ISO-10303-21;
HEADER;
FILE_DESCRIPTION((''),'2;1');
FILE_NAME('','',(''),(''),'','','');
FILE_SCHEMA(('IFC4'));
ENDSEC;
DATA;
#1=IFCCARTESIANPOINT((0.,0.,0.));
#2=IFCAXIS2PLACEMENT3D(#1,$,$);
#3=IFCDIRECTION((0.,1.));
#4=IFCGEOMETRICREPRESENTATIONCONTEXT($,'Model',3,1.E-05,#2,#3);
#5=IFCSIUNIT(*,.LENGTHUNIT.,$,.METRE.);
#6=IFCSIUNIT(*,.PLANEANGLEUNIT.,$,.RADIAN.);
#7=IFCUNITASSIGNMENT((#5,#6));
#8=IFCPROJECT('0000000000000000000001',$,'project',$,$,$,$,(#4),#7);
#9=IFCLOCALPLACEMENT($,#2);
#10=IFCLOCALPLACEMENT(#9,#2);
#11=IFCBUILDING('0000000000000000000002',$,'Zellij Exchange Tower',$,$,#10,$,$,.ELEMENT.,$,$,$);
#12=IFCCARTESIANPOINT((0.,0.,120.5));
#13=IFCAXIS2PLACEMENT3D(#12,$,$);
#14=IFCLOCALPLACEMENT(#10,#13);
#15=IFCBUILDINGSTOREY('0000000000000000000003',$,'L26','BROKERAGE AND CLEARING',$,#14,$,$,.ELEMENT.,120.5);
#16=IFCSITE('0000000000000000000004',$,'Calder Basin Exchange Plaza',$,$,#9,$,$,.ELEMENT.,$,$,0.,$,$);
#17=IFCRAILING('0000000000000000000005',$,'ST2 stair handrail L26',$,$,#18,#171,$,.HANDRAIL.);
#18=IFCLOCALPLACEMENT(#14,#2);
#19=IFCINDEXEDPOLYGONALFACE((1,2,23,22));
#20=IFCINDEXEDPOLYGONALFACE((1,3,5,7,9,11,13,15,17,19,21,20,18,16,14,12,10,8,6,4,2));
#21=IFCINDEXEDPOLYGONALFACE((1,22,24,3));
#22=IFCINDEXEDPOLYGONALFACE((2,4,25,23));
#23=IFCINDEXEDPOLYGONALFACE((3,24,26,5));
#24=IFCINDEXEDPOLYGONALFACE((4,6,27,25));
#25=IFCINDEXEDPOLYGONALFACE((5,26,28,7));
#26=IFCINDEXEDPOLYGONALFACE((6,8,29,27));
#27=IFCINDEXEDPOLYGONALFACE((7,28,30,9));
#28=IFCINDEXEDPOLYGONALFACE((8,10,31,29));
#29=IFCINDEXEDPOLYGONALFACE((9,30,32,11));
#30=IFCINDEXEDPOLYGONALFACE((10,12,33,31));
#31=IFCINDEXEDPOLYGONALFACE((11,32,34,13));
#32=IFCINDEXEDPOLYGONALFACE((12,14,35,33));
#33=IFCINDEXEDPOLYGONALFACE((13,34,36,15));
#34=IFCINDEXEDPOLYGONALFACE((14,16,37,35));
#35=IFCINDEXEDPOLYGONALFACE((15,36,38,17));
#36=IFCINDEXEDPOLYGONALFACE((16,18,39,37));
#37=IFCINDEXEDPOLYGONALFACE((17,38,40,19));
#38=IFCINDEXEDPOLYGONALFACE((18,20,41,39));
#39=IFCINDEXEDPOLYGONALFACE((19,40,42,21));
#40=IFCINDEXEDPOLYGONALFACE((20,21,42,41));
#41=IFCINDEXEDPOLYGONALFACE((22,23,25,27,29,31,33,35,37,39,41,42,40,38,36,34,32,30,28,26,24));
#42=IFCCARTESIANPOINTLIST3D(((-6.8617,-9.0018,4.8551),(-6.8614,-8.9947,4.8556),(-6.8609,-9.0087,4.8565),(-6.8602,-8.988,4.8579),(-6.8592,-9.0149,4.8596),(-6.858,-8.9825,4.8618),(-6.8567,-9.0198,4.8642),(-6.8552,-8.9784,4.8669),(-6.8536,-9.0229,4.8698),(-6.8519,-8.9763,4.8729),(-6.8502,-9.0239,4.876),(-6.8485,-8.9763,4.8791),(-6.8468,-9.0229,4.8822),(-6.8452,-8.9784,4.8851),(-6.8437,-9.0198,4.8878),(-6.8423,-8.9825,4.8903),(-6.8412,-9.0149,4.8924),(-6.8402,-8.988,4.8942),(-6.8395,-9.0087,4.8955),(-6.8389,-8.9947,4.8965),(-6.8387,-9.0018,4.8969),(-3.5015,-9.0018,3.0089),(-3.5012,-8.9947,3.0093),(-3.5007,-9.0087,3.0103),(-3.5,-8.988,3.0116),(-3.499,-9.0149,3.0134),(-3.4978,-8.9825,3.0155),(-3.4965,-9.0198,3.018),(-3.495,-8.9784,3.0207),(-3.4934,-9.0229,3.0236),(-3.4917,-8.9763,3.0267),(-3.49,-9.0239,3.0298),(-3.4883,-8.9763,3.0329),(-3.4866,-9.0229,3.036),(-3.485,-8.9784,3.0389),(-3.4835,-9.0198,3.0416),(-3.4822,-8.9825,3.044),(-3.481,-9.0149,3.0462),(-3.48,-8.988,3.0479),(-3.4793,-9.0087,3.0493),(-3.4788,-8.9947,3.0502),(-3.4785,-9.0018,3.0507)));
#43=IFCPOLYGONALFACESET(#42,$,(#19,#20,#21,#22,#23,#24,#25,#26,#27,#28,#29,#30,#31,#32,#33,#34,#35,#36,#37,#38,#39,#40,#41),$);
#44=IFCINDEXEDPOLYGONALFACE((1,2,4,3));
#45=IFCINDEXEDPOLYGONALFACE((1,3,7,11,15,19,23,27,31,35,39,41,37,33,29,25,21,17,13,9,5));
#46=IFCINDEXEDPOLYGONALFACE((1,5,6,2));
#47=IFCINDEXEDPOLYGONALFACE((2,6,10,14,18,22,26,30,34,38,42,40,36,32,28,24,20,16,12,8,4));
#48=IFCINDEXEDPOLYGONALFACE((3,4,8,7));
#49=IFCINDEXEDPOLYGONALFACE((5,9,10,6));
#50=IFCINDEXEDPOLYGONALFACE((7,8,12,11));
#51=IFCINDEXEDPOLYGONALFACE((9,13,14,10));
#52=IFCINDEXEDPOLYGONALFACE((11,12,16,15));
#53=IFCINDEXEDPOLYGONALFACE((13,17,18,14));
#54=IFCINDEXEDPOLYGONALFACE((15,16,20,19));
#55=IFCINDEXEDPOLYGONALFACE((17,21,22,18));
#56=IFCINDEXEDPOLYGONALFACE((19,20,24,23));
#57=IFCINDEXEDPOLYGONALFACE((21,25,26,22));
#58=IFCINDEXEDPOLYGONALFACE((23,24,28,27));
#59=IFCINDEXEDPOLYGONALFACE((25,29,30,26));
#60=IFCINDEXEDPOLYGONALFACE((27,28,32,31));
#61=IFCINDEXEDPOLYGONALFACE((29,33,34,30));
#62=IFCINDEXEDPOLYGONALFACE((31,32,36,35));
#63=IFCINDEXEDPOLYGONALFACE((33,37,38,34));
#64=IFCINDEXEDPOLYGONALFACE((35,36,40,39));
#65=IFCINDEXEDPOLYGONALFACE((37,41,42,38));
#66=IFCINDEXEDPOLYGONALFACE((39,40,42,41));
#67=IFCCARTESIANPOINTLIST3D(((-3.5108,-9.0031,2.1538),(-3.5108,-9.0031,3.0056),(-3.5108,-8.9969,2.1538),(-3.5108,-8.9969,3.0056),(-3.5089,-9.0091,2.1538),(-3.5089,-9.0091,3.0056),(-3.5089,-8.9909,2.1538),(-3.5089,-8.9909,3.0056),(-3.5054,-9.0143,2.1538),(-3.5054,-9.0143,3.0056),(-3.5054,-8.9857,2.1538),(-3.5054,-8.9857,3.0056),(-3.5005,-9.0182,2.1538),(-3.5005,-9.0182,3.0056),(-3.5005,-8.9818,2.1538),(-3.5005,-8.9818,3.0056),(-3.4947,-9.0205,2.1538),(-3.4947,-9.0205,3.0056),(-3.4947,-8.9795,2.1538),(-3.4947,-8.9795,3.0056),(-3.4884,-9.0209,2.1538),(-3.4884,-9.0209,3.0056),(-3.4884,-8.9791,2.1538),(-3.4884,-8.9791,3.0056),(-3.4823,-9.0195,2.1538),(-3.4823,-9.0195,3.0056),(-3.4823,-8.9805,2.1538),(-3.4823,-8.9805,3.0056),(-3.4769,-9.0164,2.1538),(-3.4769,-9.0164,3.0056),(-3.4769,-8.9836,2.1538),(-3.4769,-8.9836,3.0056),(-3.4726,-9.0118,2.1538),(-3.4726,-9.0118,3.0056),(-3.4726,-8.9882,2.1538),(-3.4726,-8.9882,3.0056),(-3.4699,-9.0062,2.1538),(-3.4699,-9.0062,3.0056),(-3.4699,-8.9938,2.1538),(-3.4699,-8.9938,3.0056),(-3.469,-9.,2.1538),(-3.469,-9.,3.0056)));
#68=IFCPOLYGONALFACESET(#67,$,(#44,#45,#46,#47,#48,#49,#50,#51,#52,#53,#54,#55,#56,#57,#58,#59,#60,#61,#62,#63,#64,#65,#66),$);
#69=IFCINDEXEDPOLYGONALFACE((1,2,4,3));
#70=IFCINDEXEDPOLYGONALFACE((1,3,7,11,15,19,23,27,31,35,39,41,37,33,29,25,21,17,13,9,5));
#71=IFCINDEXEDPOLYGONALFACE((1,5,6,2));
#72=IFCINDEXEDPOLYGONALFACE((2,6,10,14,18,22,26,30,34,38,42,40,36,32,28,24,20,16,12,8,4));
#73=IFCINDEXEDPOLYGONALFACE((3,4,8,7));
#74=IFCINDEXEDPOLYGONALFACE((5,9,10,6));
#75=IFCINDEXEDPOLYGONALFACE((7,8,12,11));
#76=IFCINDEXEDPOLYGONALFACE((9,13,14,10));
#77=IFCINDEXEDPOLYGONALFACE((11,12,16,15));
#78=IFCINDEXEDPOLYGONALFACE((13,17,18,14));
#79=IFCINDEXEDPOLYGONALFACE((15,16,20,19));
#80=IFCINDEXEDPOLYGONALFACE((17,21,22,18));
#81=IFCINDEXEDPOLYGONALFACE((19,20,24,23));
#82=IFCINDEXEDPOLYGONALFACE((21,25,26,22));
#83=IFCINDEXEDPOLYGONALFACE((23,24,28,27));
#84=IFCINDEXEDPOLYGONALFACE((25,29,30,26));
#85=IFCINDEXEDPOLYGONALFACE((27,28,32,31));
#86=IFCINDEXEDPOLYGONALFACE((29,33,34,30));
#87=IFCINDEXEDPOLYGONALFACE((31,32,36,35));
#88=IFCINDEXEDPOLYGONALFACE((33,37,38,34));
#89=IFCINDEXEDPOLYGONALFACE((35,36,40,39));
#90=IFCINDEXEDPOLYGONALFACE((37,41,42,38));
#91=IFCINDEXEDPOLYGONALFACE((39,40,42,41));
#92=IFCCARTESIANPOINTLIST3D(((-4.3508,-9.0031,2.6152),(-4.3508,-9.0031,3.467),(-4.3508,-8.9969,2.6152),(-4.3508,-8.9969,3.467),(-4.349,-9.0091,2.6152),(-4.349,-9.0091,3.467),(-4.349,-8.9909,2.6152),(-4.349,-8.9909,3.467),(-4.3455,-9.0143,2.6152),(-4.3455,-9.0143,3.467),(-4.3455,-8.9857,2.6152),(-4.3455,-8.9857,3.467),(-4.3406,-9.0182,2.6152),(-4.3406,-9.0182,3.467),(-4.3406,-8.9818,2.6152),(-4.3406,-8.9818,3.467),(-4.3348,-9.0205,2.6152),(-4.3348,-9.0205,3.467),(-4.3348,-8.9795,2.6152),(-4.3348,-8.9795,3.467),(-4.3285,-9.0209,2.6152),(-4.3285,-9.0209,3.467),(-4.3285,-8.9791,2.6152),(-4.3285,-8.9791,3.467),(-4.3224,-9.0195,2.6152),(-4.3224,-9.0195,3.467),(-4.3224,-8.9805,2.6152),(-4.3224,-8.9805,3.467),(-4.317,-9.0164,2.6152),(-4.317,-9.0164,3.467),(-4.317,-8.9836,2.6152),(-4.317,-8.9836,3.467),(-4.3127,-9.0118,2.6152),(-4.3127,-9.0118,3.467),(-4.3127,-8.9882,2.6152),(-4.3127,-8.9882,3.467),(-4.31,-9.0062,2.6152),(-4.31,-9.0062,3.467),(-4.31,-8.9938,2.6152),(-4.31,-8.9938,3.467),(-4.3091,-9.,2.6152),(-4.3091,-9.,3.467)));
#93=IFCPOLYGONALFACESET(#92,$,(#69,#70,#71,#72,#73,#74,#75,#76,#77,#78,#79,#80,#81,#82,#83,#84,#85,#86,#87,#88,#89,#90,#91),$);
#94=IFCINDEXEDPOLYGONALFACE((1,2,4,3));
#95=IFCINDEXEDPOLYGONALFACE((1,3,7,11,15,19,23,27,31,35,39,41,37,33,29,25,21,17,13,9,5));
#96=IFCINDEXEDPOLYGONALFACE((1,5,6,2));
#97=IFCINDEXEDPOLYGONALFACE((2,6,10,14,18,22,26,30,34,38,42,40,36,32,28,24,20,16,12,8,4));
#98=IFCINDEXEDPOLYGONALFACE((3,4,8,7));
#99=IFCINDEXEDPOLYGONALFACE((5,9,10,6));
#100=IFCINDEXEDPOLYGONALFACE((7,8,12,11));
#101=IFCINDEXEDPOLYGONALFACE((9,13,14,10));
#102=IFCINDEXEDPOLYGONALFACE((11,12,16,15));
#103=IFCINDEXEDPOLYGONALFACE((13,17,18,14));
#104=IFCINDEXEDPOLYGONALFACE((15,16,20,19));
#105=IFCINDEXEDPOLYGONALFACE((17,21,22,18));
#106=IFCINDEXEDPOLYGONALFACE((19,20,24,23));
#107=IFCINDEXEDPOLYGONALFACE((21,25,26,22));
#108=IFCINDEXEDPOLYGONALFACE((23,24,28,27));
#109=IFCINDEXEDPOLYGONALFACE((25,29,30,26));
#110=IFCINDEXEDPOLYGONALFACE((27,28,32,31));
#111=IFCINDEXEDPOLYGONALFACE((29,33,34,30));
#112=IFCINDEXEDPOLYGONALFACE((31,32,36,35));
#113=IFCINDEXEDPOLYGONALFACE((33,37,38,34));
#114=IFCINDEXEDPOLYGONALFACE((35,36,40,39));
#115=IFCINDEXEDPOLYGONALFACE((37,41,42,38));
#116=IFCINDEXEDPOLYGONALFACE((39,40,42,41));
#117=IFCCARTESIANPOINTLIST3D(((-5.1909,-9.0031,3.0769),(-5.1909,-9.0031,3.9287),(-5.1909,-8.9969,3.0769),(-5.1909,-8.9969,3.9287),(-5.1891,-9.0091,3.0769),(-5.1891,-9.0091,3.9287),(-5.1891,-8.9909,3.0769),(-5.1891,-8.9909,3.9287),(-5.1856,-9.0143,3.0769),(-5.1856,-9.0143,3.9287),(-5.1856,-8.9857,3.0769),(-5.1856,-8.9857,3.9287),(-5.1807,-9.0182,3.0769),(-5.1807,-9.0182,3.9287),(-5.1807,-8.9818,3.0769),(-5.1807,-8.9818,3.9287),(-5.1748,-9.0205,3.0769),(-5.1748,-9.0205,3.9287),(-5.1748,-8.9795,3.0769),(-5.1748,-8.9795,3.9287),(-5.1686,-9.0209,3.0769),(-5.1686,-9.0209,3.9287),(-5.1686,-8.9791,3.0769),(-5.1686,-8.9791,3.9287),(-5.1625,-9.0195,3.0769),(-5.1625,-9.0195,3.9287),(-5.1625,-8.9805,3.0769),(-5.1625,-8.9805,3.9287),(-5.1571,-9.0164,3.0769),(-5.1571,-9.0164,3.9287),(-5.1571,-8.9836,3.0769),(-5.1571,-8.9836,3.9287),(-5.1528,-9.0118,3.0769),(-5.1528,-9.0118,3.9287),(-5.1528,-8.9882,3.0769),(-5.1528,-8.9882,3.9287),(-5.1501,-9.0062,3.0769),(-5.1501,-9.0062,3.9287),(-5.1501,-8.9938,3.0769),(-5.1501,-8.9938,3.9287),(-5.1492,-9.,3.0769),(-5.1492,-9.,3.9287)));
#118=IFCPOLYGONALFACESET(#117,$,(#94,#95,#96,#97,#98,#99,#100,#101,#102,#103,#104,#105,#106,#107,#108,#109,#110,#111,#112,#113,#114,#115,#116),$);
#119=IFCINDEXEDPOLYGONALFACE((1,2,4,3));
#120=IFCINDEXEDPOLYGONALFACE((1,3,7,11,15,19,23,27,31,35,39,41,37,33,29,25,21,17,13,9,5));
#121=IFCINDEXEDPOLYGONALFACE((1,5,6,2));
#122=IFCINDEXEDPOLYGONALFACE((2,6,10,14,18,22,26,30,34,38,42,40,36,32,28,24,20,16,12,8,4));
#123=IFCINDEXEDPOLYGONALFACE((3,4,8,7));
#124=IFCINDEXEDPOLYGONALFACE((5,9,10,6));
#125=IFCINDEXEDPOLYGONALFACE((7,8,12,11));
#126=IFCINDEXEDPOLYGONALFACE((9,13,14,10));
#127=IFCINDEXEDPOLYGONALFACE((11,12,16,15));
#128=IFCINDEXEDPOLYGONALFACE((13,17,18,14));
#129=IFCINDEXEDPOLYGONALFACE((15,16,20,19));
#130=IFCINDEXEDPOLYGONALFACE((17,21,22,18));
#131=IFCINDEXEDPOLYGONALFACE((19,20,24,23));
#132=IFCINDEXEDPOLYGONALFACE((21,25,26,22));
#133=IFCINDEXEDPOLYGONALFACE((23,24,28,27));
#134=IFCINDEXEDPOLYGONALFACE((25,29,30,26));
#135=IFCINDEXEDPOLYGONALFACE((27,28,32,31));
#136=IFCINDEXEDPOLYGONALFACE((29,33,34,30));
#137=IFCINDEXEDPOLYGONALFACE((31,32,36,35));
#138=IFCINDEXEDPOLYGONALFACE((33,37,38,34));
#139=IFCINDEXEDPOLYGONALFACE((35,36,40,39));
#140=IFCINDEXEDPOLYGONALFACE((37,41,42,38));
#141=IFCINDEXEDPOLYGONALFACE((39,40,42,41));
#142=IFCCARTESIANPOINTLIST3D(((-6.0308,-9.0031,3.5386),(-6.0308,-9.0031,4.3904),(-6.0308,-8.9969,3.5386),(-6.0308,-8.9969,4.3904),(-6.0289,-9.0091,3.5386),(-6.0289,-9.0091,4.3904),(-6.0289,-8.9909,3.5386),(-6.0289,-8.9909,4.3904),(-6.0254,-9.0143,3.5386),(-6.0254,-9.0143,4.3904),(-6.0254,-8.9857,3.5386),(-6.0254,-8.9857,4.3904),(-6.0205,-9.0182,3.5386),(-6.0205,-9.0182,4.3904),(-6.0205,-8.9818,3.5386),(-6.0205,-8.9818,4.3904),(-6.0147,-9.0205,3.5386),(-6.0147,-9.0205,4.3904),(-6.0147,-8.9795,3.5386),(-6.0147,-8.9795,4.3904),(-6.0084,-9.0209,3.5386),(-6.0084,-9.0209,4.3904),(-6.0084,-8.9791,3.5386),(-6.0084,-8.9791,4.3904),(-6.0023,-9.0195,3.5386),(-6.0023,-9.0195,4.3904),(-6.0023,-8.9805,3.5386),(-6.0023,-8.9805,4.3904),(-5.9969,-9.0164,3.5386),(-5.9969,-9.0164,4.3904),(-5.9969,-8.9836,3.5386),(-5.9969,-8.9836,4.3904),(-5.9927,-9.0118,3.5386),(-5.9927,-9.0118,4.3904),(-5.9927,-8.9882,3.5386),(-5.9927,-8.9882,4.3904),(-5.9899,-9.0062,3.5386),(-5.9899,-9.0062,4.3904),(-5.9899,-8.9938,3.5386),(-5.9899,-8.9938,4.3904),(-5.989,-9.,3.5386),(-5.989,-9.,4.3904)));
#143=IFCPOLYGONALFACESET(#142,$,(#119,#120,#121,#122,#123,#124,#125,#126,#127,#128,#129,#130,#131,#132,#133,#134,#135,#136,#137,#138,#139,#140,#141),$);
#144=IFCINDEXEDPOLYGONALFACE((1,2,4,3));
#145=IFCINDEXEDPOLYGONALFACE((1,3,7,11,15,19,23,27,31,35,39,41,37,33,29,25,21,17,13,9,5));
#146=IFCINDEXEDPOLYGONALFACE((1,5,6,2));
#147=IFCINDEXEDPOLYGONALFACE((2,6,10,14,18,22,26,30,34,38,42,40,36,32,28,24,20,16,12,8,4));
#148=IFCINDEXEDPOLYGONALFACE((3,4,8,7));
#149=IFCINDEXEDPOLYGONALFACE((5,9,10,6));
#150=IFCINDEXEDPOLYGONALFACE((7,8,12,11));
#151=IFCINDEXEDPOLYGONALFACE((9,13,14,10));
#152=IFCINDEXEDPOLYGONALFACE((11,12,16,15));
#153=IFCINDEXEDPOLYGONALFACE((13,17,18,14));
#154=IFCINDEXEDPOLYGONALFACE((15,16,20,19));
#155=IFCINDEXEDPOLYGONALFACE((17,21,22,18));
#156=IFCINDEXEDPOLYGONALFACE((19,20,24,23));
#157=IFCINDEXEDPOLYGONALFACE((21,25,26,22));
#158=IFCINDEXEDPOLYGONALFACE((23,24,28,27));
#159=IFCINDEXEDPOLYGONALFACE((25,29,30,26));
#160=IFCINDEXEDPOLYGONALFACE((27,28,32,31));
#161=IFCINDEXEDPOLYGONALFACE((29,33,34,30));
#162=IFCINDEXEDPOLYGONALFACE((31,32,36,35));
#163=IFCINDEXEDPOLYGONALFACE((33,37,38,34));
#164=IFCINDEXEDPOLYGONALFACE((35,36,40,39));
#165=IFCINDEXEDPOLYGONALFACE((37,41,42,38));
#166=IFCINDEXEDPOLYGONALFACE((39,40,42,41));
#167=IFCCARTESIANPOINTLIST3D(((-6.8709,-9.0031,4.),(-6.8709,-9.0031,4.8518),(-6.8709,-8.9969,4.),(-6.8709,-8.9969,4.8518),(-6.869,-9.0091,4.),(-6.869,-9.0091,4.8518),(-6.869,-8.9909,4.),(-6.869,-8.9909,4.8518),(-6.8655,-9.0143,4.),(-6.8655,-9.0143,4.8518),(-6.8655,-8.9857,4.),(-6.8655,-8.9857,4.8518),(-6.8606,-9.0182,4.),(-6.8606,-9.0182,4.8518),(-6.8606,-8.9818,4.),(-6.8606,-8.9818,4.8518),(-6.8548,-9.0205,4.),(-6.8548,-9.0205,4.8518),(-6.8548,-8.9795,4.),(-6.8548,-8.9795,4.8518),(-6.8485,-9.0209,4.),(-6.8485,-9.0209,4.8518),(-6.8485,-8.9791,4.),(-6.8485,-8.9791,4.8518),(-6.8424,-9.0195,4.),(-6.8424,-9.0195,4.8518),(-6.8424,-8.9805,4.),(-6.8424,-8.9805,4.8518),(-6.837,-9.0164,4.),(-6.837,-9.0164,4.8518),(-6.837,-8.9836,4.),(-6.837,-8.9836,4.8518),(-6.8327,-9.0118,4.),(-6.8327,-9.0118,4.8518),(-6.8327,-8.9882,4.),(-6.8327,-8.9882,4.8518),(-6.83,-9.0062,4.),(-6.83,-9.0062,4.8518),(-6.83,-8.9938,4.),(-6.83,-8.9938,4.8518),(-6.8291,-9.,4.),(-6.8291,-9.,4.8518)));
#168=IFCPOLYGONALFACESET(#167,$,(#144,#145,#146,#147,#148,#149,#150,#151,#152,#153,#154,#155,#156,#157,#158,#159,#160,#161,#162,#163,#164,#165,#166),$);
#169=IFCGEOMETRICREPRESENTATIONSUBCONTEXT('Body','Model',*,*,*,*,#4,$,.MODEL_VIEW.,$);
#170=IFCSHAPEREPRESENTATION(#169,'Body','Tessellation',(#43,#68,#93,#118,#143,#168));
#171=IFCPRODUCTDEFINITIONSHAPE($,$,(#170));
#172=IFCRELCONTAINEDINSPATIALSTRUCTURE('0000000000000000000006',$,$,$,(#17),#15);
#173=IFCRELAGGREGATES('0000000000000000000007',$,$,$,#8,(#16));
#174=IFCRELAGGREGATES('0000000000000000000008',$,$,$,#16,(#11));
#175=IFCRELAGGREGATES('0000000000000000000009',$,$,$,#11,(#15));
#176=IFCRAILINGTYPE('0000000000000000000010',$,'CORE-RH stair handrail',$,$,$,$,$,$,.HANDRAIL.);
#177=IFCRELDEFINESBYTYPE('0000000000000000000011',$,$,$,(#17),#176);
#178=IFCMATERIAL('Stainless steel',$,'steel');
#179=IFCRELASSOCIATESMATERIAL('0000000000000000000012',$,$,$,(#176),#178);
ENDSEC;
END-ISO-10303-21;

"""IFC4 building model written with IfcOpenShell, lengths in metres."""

from ifc_helpers import new_model, si_unit, direction, frame, origin, origin_2d, place, context, subcontext, project, spatial, circle, extrude, material, type_object, element, save


model = new_model("IFC4")

# Units and contexts
model_context = context("Model", 3, precision=1e-05, world=origin(), true_north=direction((0.0, 1.0)))
body_context = subcontext(model_context, "Body", "Model", "MODEL_VIEW")
ifc_project = project(units=[si_unit("LENGTHUNIT", "METRE"), si_unit("PLANEANGLEUNIT", "RADIAN")], contexts=[model_context])

# Site, building, storey
site_placement = place(None, origin())
site = spatial("IfcSite", under=ifc_project, at=site_placement, Name="Calder Basin Exchange Plaza", CompositionType="ELEMENT", RefElevation=0.0)
building_placement = place(site_placement, origin())
building = spatial("IfcBuilding", under=site, at=building_placement, Name="Zellij Exchange Tower", CompositionType="ELEMENT")
storey_placement = place(building_placement, frame((0.0, 0.0, 120.5)))
storey = spatial("IfcBuildingStorey", under=building, at=storey_placement, Name="L26", Description="BROKERAGE AND CLEARING", CompositionType="ELEMENT", Elevation=120.5)

# Railing
ifc_material_1 = material(Name="Stainless steel", Category="steel")
railing_type_1 = type_object("IfcRailingType", Name="CORE-RH stair handrail", PredefinedType="HANDRAIL", material=ifc_material_1)
railing_1_placement = place(storey_placement, frame((-3.49, -9.0, 2.1538)))
element("IfcRailing", 1, at=railing_1_placement, inside=storey, type_object=railing_type_1, Name="ST2 stair handrail L26", PredefinedType="HANDRAIL", context=body_context, shape_type="SweptSolid", body=[
    extrude(circle(Radius=0.0239, at=origin_2d()), frame((0.0, 0.0, 0.876), z_axis=(-0.876422, 0.0, 0.481545), x_axis=(0.0, -1.0, 0.0)), (0.0, 0.0, 1.0), 3.834),
    extrude(circle(Radius=0.021, at=origin_2d()), origin(), (0.0, 0.0, 1.0), 0.8518),
    extrude(circle(Radius=0.021, at=origin_2d()), frame((-0.8401, 0.0, 0.4614)), (0.0, 0.0, 1.0), 0.8518),
    extrude(circle(Radius=0.021, at=origin_2d()), frame((-1.6802, 0.0, 0.9231)), (0.0, 0.0, 1.0), 0.8518),
    extrude(circle(Radius=0.021, at=origin_2d()), frame((-2.52, 0.0, 1.3848)), (0.0, 0.0, 1.0), 0.8518),
    extrude(circle(Radius=0.021, at=origin_2d()), frame((-3.3601, 0.0, 1.8462)), (0.0, 0.0, 1.0), 0.8518),
])

save(model, "model.ifc")
